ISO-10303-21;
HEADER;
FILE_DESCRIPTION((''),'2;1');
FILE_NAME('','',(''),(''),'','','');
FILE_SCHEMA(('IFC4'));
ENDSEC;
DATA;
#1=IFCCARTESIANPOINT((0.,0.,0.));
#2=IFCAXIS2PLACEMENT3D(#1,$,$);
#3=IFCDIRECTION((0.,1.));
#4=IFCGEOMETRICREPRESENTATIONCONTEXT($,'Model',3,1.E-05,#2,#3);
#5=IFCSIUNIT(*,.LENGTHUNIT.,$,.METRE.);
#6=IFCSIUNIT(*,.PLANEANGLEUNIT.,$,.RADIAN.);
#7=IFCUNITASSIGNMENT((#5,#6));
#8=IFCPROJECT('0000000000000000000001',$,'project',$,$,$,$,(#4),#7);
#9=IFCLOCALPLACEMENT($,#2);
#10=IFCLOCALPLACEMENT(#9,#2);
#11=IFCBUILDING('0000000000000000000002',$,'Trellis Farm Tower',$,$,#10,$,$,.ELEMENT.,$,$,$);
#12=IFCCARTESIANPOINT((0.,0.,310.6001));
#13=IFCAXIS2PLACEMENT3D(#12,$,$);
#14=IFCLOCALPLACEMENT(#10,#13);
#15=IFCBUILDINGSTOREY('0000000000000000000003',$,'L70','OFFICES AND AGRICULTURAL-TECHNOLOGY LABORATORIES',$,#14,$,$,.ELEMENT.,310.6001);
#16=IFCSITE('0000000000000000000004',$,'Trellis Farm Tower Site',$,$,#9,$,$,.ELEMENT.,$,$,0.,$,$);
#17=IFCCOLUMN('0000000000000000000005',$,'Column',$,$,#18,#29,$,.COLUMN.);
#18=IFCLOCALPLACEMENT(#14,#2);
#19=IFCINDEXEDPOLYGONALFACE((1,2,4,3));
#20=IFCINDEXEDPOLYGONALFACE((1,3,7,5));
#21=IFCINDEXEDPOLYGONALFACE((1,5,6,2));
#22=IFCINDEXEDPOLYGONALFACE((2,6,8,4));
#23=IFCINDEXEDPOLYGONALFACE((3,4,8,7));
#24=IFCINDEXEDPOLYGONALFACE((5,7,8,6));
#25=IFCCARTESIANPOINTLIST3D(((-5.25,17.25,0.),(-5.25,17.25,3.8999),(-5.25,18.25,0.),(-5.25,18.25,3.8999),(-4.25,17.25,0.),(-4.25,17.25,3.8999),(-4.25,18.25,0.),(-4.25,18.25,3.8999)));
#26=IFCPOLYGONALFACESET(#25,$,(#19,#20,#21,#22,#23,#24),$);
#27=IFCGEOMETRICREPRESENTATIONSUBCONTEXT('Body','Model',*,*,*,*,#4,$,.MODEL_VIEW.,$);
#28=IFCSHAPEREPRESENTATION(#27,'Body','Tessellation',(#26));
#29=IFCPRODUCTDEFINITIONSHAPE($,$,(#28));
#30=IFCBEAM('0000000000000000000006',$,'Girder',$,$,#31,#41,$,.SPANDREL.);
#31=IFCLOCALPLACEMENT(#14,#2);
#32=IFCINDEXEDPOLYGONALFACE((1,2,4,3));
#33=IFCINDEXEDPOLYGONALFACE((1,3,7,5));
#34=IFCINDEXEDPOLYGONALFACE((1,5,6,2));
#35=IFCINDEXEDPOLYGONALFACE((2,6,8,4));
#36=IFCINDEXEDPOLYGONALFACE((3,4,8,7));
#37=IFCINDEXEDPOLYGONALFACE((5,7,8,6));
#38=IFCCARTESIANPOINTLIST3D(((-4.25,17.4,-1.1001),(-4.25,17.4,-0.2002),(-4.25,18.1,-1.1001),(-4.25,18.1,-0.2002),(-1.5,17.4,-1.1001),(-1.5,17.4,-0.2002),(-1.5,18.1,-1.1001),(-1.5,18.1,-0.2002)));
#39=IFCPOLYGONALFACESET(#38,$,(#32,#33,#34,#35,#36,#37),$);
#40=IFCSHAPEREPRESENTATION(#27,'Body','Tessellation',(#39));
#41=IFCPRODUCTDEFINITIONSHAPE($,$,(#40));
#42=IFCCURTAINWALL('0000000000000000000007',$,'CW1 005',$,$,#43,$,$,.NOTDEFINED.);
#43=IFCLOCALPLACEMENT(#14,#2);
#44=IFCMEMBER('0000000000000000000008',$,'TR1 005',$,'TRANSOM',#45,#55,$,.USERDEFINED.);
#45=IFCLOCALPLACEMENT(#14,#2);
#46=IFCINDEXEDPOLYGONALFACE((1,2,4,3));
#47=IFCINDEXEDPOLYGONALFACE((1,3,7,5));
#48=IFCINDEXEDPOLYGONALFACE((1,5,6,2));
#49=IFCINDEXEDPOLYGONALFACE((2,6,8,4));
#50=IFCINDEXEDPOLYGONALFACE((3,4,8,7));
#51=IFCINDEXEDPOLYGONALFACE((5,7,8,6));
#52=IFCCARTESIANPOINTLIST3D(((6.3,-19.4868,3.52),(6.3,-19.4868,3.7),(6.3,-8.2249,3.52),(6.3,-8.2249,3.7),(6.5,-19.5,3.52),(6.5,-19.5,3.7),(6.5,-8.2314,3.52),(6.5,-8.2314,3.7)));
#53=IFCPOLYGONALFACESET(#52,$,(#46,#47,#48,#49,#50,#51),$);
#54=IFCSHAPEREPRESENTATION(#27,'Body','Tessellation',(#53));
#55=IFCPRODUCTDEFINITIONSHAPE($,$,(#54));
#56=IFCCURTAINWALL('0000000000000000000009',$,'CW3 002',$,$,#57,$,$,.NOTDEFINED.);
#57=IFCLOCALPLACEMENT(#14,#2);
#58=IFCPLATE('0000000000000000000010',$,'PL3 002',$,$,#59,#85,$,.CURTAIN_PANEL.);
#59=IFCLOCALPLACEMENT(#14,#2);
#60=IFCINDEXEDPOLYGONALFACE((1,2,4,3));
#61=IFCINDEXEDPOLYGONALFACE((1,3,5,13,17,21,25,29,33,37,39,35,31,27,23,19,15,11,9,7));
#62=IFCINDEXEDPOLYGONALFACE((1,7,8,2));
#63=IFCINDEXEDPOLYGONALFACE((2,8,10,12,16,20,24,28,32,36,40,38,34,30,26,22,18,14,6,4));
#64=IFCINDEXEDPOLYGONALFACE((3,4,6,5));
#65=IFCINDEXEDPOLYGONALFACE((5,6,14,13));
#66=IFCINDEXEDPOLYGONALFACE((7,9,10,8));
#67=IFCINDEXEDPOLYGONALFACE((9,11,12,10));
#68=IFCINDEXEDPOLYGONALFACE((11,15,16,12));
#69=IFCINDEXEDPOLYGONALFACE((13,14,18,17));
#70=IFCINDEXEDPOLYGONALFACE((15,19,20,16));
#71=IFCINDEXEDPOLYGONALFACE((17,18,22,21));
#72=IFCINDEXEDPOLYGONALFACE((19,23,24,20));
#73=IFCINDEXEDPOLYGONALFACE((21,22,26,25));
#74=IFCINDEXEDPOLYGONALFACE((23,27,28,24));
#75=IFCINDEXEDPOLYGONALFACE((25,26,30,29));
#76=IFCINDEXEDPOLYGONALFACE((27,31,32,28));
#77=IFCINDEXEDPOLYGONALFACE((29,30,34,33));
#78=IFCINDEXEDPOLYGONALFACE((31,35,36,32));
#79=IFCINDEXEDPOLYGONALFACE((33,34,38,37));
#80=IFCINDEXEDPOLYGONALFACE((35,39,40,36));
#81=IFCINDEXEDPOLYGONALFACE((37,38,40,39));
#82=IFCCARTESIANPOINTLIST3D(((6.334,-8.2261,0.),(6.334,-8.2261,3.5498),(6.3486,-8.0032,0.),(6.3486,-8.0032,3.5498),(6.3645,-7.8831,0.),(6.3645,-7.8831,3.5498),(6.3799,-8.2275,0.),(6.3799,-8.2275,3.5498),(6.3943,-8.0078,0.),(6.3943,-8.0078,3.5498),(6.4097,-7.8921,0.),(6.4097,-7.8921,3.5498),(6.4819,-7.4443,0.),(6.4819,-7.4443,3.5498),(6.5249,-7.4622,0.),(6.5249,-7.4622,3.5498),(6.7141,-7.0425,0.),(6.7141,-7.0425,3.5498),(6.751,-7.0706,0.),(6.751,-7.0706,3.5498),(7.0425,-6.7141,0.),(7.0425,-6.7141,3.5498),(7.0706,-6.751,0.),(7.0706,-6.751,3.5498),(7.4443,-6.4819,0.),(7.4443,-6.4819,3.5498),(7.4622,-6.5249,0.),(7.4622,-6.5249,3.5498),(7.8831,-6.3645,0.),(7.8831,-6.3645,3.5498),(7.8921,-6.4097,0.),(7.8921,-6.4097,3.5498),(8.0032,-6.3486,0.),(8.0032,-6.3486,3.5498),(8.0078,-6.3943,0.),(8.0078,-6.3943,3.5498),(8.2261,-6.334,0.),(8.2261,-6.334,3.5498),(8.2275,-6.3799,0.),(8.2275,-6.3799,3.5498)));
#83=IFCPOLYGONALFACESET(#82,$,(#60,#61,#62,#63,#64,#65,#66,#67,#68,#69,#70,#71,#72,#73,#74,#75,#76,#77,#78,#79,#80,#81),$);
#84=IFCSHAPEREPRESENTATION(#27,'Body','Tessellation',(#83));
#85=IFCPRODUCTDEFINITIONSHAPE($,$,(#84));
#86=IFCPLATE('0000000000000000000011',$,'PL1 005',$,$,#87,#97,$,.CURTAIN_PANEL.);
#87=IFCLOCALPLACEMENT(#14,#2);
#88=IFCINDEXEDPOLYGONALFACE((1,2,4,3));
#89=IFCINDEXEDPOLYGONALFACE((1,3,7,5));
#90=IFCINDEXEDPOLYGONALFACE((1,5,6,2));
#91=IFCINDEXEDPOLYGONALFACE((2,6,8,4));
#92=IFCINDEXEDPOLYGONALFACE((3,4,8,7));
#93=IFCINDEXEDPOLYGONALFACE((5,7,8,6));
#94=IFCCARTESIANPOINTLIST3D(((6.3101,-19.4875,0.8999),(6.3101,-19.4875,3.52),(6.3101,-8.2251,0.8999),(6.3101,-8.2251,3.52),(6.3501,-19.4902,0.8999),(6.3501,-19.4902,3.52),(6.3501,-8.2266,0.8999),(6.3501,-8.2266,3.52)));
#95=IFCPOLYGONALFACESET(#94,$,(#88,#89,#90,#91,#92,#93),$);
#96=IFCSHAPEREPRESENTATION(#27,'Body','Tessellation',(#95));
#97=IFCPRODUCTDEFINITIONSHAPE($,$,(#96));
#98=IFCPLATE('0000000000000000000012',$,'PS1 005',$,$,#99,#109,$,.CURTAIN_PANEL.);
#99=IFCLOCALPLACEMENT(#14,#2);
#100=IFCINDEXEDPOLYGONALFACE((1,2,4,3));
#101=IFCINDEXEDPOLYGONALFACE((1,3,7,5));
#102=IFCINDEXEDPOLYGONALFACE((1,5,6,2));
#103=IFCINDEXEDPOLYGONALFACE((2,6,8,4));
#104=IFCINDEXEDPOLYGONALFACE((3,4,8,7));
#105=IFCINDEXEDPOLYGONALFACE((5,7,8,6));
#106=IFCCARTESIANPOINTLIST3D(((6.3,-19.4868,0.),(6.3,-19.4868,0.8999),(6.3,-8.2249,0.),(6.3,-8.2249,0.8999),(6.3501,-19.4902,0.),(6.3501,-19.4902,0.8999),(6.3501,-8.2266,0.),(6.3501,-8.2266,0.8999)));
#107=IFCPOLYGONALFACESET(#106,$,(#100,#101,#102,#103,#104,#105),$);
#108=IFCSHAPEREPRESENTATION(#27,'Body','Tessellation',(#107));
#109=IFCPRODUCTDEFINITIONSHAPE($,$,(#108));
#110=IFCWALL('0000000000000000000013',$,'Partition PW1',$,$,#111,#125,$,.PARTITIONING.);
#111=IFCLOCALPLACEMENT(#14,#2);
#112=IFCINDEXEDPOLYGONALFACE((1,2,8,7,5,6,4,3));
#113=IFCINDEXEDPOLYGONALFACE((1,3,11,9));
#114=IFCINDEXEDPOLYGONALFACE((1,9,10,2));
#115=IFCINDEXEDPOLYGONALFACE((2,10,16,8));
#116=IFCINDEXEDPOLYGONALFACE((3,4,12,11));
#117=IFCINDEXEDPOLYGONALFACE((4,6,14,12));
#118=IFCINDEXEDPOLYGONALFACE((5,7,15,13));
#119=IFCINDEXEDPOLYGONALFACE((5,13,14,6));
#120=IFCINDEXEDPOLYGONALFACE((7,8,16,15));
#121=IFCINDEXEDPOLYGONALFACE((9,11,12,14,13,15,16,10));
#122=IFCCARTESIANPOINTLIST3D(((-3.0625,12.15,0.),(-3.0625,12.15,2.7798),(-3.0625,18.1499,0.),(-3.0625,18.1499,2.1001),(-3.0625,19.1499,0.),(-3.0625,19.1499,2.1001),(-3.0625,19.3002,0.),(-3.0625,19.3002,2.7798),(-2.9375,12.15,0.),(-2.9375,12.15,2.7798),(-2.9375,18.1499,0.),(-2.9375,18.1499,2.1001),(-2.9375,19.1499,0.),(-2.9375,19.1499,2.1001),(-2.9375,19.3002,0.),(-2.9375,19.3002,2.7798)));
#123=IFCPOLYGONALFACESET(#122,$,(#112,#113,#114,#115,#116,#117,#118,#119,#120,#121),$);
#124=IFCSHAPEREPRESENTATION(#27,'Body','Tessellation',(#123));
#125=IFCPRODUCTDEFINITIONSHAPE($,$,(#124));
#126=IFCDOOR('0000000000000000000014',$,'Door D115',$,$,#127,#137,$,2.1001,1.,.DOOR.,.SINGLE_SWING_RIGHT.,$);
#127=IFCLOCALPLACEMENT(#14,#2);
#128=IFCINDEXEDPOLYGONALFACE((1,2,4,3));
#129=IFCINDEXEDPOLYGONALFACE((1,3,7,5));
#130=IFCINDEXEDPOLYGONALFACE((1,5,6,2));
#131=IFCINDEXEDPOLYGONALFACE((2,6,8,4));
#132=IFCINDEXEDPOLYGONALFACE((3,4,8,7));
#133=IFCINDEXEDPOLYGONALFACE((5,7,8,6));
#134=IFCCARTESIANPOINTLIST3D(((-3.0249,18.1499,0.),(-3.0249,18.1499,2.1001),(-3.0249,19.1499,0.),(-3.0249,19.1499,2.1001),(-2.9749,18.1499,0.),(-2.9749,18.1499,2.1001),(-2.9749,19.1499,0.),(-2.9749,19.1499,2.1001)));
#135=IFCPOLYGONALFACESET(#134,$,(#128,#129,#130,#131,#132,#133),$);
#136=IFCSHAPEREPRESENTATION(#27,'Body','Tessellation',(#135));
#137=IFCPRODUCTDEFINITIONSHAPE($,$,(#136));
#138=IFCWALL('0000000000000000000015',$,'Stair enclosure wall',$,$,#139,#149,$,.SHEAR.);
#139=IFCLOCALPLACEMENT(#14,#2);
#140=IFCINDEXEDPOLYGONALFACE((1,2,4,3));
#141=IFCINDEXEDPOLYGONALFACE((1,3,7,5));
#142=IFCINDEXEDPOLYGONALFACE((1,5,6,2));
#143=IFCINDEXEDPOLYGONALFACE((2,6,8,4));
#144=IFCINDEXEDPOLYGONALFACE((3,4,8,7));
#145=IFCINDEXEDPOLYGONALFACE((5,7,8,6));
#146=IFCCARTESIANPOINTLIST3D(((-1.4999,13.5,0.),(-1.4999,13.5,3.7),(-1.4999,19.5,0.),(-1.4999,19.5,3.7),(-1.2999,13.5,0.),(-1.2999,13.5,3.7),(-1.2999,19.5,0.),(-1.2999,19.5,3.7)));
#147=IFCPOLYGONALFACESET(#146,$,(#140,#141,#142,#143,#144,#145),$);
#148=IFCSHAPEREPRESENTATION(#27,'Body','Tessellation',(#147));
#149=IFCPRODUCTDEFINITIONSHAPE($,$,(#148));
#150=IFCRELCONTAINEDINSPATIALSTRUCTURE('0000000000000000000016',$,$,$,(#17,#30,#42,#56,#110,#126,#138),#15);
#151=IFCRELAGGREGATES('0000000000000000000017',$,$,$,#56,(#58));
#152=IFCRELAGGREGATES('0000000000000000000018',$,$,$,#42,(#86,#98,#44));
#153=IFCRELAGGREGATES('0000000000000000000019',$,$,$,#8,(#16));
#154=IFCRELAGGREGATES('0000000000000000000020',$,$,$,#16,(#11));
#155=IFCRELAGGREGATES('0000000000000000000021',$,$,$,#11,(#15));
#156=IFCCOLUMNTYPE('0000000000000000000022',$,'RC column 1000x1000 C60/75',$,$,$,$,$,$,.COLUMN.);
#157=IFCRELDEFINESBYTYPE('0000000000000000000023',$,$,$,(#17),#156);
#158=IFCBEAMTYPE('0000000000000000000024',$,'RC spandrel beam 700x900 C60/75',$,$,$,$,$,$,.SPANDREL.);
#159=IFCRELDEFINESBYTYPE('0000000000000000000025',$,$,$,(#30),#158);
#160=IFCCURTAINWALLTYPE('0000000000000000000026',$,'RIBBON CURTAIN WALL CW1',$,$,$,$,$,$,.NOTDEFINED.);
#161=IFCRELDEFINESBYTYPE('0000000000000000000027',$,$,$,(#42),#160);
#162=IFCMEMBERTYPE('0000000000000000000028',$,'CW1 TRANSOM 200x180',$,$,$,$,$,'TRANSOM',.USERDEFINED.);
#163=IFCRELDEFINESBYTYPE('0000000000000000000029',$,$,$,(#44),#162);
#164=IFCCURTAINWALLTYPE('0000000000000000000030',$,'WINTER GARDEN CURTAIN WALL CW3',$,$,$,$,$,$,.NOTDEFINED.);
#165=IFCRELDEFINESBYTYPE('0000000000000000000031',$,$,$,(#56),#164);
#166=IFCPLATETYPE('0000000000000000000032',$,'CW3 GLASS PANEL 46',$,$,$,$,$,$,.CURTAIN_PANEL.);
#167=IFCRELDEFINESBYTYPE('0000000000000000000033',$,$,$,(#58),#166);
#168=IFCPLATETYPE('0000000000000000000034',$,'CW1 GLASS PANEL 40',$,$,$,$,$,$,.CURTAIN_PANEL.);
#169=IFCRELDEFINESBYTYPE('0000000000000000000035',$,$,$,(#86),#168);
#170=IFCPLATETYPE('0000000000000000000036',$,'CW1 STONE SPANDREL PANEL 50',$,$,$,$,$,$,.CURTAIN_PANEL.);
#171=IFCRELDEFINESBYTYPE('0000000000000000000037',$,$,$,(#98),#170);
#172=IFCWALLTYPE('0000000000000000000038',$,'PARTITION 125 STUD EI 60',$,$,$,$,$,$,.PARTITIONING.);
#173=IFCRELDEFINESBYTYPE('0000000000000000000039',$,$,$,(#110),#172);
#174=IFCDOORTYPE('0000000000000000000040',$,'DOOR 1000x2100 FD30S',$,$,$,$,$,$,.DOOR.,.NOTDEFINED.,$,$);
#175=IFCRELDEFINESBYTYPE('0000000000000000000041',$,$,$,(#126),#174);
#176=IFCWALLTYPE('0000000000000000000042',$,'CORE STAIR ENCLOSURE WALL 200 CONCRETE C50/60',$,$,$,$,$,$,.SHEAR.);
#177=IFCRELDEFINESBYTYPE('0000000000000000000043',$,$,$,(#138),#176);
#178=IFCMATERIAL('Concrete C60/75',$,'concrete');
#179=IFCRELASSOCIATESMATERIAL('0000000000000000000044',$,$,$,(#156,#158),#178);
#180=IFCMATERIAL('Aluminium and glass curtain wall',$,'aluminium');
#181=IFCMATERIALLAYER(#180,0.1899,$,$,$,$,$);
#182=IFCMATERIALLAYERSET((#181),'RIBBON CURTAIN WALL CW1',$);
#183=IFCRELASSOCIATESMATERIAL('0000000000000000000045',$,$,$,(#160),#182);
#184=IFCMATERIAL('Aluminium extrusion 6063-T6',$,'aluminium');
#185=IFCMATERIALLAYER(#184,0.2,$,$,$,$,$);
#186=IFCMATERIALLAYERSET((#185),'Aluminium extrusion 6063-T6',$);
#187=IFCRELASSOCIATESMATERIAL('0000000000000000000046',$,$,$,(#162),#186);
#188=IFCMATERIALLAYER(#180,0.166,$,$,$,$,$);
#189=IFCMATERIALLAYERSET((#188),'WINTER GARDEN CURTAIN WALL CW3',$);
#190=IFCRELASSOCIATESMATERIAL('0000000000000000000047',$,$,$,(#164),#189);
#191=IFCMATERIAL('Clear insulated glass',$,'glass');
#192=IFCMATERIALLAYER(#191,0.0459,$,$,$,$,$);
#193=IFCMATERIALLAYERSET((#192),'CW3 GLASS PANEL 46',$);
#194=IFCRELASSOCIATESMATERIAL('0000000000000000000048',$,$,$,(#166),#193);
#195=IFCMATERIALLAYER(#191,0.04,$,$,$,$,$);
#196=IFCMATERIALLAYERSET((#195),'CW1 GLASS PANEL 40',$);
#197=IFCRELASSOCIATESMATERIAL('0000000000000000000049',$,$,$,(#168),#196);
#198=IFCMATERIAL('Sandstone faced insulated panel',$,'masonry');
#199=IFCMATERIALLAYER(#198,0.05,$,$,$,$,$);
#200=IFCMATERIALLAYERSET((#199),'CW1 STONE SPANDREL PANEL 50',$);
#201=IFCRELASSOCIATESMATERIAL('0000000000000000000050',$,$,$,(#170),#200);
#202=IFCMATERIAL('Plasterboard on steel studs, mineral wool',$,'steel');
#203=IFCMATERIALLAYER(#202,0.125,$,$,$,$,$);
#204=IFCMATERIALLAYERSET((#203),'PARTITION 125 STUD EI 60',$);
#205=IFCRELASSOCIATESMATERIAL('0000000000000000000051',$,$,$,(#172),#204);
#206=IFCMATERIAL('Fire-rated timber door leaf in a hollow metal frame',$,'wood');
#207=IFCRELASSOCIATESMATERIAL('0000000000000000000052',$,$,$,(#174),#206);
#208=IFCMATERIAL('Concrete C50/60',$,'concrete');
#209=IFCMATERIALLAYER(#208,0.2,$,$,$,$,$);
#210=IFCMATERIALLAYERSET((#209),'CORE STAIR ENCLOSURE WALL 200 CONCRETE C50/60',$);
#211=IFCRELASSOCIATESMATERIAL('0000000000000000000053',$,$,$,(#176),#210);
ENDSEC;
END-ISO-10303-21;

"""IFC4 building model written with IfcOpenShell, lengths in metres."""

from ifc_helpers import new_model, si_unit, direction, frame, frame_2d, origin, origin_2d, place, context, subcontext, project, spatial, polyline, rectangle, outline, extrude, source, transform, mapped, material, layer, layer_set, material_profile, profile_set, type_object, element, fill, aggregate, save


model = new_model("IFC4")

# Units and contexts
model_context = context("Model", 3, precision=1e-05, world=origin(), true_north=direction((0.0, 1.0)))
body_context = subcontext(model_context, "Body", "Model", "MODEL_VIEW")
ifc_project = project(units=[si_unit("LENGTHUNIT", "METRE"), si_unit("PLANEANGLEUNIT", "RADIAN")], contexts=[model_context])

# Site, building, storey
site_placement = place(None, origin())
site = spatial("IfcSite", under=ifc_project, at=site_placement, Name="Trellis Farm Tower Site", CompositionType="ELEMENT", RefElevation=0.0)
building_placement = place(site_placement, origin())
building = spatial("IfcBuilding", under=site, at=building_placement, Name="Trellis Farm Tower", CompositionType="ELEMENT")
storey_placement = place(building_placement, frame((0.0, 0.0, 310.6001)))
storey = spatial("IfcBuildingStorey", under=building, at=storey_placement, Name="L70", Description="OFFICES AND AGRICULTURAL-TECHNOLOGY LABORATORIES", CompositionType="ELEMENT", Elevation=310.6001)

# Column
ifc_material_1 = material(Name="Concrete C60/75", Category="concrete")
ifc_material_profile_1 = material_profile(ifc_material_1, rectangle(XDim=1.0, YDim=1.0, at=origin_2d()), Name="RC column 1000x1000 C60/75")
ifc_profile_set_1 = profile_set([ifc_material_profile_1], Name="Concrete C60/75")
column_type = type_object("IfcColumnType", Name="RC column 1000x1000 C60/75", PredefinedType="COLUMN", material=ifc_profile_set_1)
shared_shape_1 = source(origin(), body_context, "Body", "SweptSolid", [
    extrude(rectangle(XDim=1.0, YDim=1.0, at=origin_2d()), origin(), (0.0, 0.0, 1.0), 3.8999),
])
column_placement = place(storey_placement, frame((-4.75, 17.75, 0.0), z_axis=(0.0, 0.0, 1.0), x_axis=(1.0, 0.0, 0.0)))
element("IfcColumn", 1, at=column_placement, inside=storey, type_object=column_type, Name="Column", PredefinedType="COLUMN", context=body_context, shape_type="MappedRepresentation", body=[
    mapped(shared_shape_1, transform((0.0, 0.0, 0.0))),
])

# Beam
ifc_material_profile_2 = material_profile(ifc_material_1, rectangle(XDim=0.7, YDim=0.8999, at=origin_2d()), Name="RC spandrel beam 700x900 C60/75")
ifc_profile_set_2 = profile_set([ifc_material_profile_2], Name="Concrete C60/75")
beam_type = type_object("IfcBeamType", Name="RC spandrel beam 700x900 C60/75", PredefinedType="SPANDREL", material=ifc_profile_set_2)
shared_shape_2 = source(origin(), body_context, "Body", "SweptSolid", [
    extrude(rectangle(XDim=0.7, YDim=0.8999, at=origin_2d()), origin(), (0.0, 0.0, 1.0), 2.75),
])
beam_placement = place(storey_placement, frame((-4.25, 17.75, -0.6501), z_axis=(1.0, 0.0, 0.0), x_axis=(0.0, 1.0, 0.0)))
element("IfcBeam", 2, at=beam_placement, inside=storey, type_object=beam_type, Name="Girder", PredefinedType="SPANDREL", context=body_context, shape_type="MappedRepresentation", body=[
    mapped(shared_shape_2, transform((0.0, 0.0, 0.0))),
])

# Curtain wall, member
ifc_material_2 = material(Name="Aluminium and glass curtain wall", Category="aluminium")
ifc_layer_1 = layer(ifc_material_2, 0.1899)
ifc_layer_set_1 = layer_set([ifc_layer_1], Name="RIBBON CURTAIN WALL CW1")
curtain_wall_type_1 = type_object("IfcCurtainWallType", Name="RIBBON CURTAIN WALL CW1", PredefinedType="NOTDEFINED", material=ifc_layer_set_1)
placement = place(storey_placement, origin())
curtain_wall_1 = element("IfcCurtainWall", 3, at=placement, inside=storey, type_object=curtain_wall_type_1, Name="CW1 005", PredefinedType="NOTDEFINED")
ifc_material_3 = material(Name="Aluminium extrusion 6063-T6", Category="aluminium")
ifc_layer_2 = layer(ifc_material_3, 0.2)
ifc_layer_set_2 = layer_set([ifc_layer_2], Name="Aluminium extrusion 6063-T6")
member_type = type_object("IfcMemberType", Name="CW1 TRANSOM 200x180", ElementType="TRANSOM", PredefinedType="USERDEFINED", material=ifc_layer_set_2)
shared_shape_3 = source(origin(), body_context, "Body", "SweptSolid", [
    extrude(outline(polyline([(6.5, -19.5), (6.5, -8.2314), (6.3, -8.2249), (6.3, -19.4868), (6.5, -19.5)])), origin(), (0.0, 0.0, 1.0), 0.1799),
])
member_placement = place(storey_placement, frame((0.0, 0.0, 3.52)))
member = element("IfcMember", 4, at=member_placement, type_object=member_type, Name="TR1 005", ObjectType="TRANSOM", PredefinedType="USERDEFINED", context=body_context, shape_type="MappedRepresentation", body=[
    mapped(shared_shape_3, transform((0.0, 0.0, 0.0))),
])

# Curtain wall, plate
ifc_layer_3 = layer(ifc_material_2, 0.166)
ifc_layer_set_3 = layer_set([ifc_layer_3], Name="WINTER GARDEN CURTAIN WALL CW3")
curtain_wall_type_2 = type_object("IfcCurtainWallType", Name="WINTER GARDEN CURTAIN WALL CW3", PredefinedType="NOTDEFINED", material=ifc_layer_set_3)
curtain_wall_2 = element("IfcCurtainWall", 5, at=placement, inside=storey, type_object=curtain_wall_type_2, Name="CW3 002", PredefinedType="NOTDEFINED")
ifc_material_4 = material(Name="Clear insulated glass", Category="glass")
ifc_layer_4 = layer(ifc_material_4, 0.0459)
ifc_layer_set_4 = layer_set([ifc_layer_4], Name="CW3 GLASS PANEL 46")
plate_type_1 = type_object("IfcPlateType", Name="CW3 GLASS PANEL 46", PredefinedType="CURTAIN_PANEL", material=ifc_layer_set_4)
shared_shape_4 = source(origin(), body_context, "Body", "SweptSolid", [
    extrude(outline(polyline([(6.3799, -8.2275), (6.3943, -8.0078), (6.4097, -7.8921), (6.5249, -7.4622), (6.751, -7.0706), (7.0706, -6.751), (7.4622, -6.5249), (7.8921, -6.4097), (8.0078, -6.3943), (8.2275, -6.3799), (8.2261, -6.334), (8.0032, -6.3486), (7.8831, -6.3645), (7.4443, -6.4819), (7.0425, -6.7141), (6.7141, -7.0425), (6.4819, -7.4443), (6.3645, -7.8831), (6.3486, -8.0032), (6.334, -8.2261), (6.3799, -8.2275)])), origin(), (0.0, 0.0, 1.0), 3.5498),
])
plate_1 = element("IfcPlate", 6, at=placement, type_object=plate_type_1, Name="PL3 002", PredefinedType="CURTAIN_PANEL", context=body_context, shape_type="MappedRepresentation", body=[
    mapped(shared_shape_4, transform((0.0, 0.0, 0.0))),
])
aggregate(curtain_wall_2, [plate_1])

# Plates
ifc_layer_5 = layer(ifc_material_4, 0.04)
ifc_layer_set_5 = layer_set([ifc_layer_5], Name="CW1 GLASS PANEL 40")
plate_type_2 = type_object("IfcPlateType", Name="CW1 GLASS PANEL 40", PredefinedType="CURTAIN_PANEL", material=ifc_layer_set_5)
shared_shape_5 = source(origin(), body_context, "Body", "SweptSolid", [
    extrude(outline(polyline([(6.3501, -19.4902), (6.3501, -8.2266), (6.3101, -8.2251), (6.3101, -19.4875), (6.3501, -19.4902)])), origin(), (0.0, 0.0, 1.0), 2.6201),
])
plate_2_placement = place(storey_placement, frame((0.0, 0.0, 0.8999)))
plate_2 = element("IfcPlate", 7, at=plate_2_placement, type_object=plate_type_2, Name="PL1 005", PredefinedType="CURTAIN_PANEL", context=body_context, shape_type="MappedRepresentation", body=[
    mapped(shared_shape_5, transform((0.0, 0.0, 0.0))),
])
ifc_material_5 = material(Name="Sandstone faced insulated panel", Category="masonry")
ifc_layer_6 = layer(ifc_material_5, 0.05)
ifc_layer_set_6 = layer_set([ifc_layer_6], Name="CW1 STONE SPANDREL PANEL 50")
plate_type_3 = type_object("IfcPlateType", Name="CW1 STONE SPANDREL PANEL 50", PredefinedType="CURTAIN_PANEL", material=ifc_layer_set_6)
shared_shape_6 = source(origin(), body_context, "Body", "SweptSolid", [
    extrude(outline(polyline([(6.3501, -19.4902), (6.3501, -8.2266), (6.3, -8.2249), (6.3, -19.4868), (6.3501, -19.4902)])), origin(), (0.0, 0.0, 1.0), 0.8999),
])
plate_3 = element("IfcPlate", 8, at=placement, type_object=plate_type_3, Name="PS1 005", PredefinedType="CURTAIN_PANEL", context=body_context, shape_type="MappedRepresentation", body=[
    mapped(shared_shape_6, transform((0.0, 0.0, 0.0))),
])
aggregate(curtain_wall_1, [plate_2, plate_3, member])

# Wall, opening, door
ifc_material_6 = material(Name="Plasterboard on steel studs, mineral wool", Category="steel")
ifc_layer_7 = layer(ifc_material_6, 0.125)
ifc_layer_set_7 = layer_set([ifc_layer_7], Name="PARTITION 125 STUD EI 60")
wall_type_1 = type_object("IfcWallType", Name="PARTITION 125 STUD EI 60", PredefinedType="PARTITIONING", material=ifc_layer_set_7)
wall_1_placement = place(storey_placement, frame((-3.0, 12.1499, 0.0), z_axis=(0.0, 0.0, 1.0), x_axis=(0.0, 1.0, 0.0)))
wall_1 = element("IfcWall", 9, at=wall_1_placement, inside=storey, type_object=wall_type_1, Name="Partition PW1", PredefinedType="PARTITIONING", context=body_context, shape_type="SweptSolid", body=[
    extrude(rectangle(XDim=7.1501, YDim=0.125, at=frame_2d((3.5752, 0.0))), origin(), (0.0, 0.0, 1.0), 2.7798),
])
shared_shape_7 = source(origin(), body_context, "Body", "SweptSolid", [
    extrude(rectangle(XDim=1.0, YDim=2.1001, at=frame_2d((0.5, 1.05))), frame((0.0, 0.0725, 0.0), z_axis=(0.0, -1.0, 0.0), x_axis=(1.0, 0.0, 0.0)), (0.0, 0.0, 1.0), 0.145),
])
opening_1_placement = place(wall_1_placement, frame((6.0, 0.0, 0.0)))
opening_1 = element("IfcOpeningElement", 10, at=opening_1_placement, cuts=wall_1, PredefinedType="OPENING", context=body_context, shape_type="MappedRepresentation", body=[
    mapped(shared_shape_7, transform((0.0, 0.0, 0.0))),
])
ifc_material_7 = material(Name="Fire-rated timber door leaf in a hollow metal frame", Category="wood")
door_type_1 = type_object("IfcDoorType", Name="DOOR 1000x2100 FD30S", OperationType="NOTDEFINED", PredefinedType="DOOR", material=ifc_material_7)
shared_shape_8 = source(origin(), body_context, "Body", "SweptSolid", [
    extrude(rectangle(XDim=1.0, YDim=2.1001, at=frame_2d((0.5, 1.05))), frame((0.0, 0.0249, 0.0), z_axis=(0.0, -1.0, 0.0), x_axis=(1.0, 0.0, 0.0)), (0.0, 0.0, 1.0), 0.05),
])
door_1_placement = place(opening_1_placement, origin())
door_1 = element("IfcDoor", 11, at=door_1_placement, inside=storey, type_object=door_type_1, Name="Door D115", OperationType="SINGLE_SWING_RIGHT", OverallHeight=2.1001, OverallWidth=1.0, PredefinedType="DOOR", context=body_context, shape_type="MappedRepresentation", body=[
    mapped(shared_shape_8, transform((0.0, 0.0, 0.0))),
])
fill(opening_1, door_1)

# Wall
ifc_material_8 = material(Name="Concrete C50/60", Category="concrete")
ifc_layer_8 = layer(ifc_material_8, 0.2)
ifc_layer_set_8 = layer_set([ifc_layer_8], Name="CORE STAIR ENCLOSURE WALL 200 CONCRETE C50/60")
wall_type_2 = type_object("IfcWallType", Name="CORE STAIR ENCLOSURE WALL 200 CONCRETE C50/60", PredefinedType="SHEAR", material=ifc_layer_set_8)
shared_shape_9 = source(origin(), body_context, "Body", "SweptSolid", [
    extrude(rectangle(XDim=6.0, YDim=0.2, at=frame_2d((3.0, 0.0))), origin(), (0.0, 0.0, 1.0), 3.7),
])
wall_2_placement = place(storey_placement, frame((-1.3999, 13.5, 0.0), z_axis=(0.0, 0.0, 1.0), x_axis=(0.0, 1.0, 0.0)))
element("IfcWall", 12, at=wall_2_placement, inside=storey, type_object=wall_type_2, Name="Stair enclosure wall", PredefinedType="SHEAR", context=body_context, shape_type="MappedRepresentation", body=[
    mapped(shared_shape_9, transform((0.0, 0.0, 0.0))),
])

save(model, "model.ifc")
